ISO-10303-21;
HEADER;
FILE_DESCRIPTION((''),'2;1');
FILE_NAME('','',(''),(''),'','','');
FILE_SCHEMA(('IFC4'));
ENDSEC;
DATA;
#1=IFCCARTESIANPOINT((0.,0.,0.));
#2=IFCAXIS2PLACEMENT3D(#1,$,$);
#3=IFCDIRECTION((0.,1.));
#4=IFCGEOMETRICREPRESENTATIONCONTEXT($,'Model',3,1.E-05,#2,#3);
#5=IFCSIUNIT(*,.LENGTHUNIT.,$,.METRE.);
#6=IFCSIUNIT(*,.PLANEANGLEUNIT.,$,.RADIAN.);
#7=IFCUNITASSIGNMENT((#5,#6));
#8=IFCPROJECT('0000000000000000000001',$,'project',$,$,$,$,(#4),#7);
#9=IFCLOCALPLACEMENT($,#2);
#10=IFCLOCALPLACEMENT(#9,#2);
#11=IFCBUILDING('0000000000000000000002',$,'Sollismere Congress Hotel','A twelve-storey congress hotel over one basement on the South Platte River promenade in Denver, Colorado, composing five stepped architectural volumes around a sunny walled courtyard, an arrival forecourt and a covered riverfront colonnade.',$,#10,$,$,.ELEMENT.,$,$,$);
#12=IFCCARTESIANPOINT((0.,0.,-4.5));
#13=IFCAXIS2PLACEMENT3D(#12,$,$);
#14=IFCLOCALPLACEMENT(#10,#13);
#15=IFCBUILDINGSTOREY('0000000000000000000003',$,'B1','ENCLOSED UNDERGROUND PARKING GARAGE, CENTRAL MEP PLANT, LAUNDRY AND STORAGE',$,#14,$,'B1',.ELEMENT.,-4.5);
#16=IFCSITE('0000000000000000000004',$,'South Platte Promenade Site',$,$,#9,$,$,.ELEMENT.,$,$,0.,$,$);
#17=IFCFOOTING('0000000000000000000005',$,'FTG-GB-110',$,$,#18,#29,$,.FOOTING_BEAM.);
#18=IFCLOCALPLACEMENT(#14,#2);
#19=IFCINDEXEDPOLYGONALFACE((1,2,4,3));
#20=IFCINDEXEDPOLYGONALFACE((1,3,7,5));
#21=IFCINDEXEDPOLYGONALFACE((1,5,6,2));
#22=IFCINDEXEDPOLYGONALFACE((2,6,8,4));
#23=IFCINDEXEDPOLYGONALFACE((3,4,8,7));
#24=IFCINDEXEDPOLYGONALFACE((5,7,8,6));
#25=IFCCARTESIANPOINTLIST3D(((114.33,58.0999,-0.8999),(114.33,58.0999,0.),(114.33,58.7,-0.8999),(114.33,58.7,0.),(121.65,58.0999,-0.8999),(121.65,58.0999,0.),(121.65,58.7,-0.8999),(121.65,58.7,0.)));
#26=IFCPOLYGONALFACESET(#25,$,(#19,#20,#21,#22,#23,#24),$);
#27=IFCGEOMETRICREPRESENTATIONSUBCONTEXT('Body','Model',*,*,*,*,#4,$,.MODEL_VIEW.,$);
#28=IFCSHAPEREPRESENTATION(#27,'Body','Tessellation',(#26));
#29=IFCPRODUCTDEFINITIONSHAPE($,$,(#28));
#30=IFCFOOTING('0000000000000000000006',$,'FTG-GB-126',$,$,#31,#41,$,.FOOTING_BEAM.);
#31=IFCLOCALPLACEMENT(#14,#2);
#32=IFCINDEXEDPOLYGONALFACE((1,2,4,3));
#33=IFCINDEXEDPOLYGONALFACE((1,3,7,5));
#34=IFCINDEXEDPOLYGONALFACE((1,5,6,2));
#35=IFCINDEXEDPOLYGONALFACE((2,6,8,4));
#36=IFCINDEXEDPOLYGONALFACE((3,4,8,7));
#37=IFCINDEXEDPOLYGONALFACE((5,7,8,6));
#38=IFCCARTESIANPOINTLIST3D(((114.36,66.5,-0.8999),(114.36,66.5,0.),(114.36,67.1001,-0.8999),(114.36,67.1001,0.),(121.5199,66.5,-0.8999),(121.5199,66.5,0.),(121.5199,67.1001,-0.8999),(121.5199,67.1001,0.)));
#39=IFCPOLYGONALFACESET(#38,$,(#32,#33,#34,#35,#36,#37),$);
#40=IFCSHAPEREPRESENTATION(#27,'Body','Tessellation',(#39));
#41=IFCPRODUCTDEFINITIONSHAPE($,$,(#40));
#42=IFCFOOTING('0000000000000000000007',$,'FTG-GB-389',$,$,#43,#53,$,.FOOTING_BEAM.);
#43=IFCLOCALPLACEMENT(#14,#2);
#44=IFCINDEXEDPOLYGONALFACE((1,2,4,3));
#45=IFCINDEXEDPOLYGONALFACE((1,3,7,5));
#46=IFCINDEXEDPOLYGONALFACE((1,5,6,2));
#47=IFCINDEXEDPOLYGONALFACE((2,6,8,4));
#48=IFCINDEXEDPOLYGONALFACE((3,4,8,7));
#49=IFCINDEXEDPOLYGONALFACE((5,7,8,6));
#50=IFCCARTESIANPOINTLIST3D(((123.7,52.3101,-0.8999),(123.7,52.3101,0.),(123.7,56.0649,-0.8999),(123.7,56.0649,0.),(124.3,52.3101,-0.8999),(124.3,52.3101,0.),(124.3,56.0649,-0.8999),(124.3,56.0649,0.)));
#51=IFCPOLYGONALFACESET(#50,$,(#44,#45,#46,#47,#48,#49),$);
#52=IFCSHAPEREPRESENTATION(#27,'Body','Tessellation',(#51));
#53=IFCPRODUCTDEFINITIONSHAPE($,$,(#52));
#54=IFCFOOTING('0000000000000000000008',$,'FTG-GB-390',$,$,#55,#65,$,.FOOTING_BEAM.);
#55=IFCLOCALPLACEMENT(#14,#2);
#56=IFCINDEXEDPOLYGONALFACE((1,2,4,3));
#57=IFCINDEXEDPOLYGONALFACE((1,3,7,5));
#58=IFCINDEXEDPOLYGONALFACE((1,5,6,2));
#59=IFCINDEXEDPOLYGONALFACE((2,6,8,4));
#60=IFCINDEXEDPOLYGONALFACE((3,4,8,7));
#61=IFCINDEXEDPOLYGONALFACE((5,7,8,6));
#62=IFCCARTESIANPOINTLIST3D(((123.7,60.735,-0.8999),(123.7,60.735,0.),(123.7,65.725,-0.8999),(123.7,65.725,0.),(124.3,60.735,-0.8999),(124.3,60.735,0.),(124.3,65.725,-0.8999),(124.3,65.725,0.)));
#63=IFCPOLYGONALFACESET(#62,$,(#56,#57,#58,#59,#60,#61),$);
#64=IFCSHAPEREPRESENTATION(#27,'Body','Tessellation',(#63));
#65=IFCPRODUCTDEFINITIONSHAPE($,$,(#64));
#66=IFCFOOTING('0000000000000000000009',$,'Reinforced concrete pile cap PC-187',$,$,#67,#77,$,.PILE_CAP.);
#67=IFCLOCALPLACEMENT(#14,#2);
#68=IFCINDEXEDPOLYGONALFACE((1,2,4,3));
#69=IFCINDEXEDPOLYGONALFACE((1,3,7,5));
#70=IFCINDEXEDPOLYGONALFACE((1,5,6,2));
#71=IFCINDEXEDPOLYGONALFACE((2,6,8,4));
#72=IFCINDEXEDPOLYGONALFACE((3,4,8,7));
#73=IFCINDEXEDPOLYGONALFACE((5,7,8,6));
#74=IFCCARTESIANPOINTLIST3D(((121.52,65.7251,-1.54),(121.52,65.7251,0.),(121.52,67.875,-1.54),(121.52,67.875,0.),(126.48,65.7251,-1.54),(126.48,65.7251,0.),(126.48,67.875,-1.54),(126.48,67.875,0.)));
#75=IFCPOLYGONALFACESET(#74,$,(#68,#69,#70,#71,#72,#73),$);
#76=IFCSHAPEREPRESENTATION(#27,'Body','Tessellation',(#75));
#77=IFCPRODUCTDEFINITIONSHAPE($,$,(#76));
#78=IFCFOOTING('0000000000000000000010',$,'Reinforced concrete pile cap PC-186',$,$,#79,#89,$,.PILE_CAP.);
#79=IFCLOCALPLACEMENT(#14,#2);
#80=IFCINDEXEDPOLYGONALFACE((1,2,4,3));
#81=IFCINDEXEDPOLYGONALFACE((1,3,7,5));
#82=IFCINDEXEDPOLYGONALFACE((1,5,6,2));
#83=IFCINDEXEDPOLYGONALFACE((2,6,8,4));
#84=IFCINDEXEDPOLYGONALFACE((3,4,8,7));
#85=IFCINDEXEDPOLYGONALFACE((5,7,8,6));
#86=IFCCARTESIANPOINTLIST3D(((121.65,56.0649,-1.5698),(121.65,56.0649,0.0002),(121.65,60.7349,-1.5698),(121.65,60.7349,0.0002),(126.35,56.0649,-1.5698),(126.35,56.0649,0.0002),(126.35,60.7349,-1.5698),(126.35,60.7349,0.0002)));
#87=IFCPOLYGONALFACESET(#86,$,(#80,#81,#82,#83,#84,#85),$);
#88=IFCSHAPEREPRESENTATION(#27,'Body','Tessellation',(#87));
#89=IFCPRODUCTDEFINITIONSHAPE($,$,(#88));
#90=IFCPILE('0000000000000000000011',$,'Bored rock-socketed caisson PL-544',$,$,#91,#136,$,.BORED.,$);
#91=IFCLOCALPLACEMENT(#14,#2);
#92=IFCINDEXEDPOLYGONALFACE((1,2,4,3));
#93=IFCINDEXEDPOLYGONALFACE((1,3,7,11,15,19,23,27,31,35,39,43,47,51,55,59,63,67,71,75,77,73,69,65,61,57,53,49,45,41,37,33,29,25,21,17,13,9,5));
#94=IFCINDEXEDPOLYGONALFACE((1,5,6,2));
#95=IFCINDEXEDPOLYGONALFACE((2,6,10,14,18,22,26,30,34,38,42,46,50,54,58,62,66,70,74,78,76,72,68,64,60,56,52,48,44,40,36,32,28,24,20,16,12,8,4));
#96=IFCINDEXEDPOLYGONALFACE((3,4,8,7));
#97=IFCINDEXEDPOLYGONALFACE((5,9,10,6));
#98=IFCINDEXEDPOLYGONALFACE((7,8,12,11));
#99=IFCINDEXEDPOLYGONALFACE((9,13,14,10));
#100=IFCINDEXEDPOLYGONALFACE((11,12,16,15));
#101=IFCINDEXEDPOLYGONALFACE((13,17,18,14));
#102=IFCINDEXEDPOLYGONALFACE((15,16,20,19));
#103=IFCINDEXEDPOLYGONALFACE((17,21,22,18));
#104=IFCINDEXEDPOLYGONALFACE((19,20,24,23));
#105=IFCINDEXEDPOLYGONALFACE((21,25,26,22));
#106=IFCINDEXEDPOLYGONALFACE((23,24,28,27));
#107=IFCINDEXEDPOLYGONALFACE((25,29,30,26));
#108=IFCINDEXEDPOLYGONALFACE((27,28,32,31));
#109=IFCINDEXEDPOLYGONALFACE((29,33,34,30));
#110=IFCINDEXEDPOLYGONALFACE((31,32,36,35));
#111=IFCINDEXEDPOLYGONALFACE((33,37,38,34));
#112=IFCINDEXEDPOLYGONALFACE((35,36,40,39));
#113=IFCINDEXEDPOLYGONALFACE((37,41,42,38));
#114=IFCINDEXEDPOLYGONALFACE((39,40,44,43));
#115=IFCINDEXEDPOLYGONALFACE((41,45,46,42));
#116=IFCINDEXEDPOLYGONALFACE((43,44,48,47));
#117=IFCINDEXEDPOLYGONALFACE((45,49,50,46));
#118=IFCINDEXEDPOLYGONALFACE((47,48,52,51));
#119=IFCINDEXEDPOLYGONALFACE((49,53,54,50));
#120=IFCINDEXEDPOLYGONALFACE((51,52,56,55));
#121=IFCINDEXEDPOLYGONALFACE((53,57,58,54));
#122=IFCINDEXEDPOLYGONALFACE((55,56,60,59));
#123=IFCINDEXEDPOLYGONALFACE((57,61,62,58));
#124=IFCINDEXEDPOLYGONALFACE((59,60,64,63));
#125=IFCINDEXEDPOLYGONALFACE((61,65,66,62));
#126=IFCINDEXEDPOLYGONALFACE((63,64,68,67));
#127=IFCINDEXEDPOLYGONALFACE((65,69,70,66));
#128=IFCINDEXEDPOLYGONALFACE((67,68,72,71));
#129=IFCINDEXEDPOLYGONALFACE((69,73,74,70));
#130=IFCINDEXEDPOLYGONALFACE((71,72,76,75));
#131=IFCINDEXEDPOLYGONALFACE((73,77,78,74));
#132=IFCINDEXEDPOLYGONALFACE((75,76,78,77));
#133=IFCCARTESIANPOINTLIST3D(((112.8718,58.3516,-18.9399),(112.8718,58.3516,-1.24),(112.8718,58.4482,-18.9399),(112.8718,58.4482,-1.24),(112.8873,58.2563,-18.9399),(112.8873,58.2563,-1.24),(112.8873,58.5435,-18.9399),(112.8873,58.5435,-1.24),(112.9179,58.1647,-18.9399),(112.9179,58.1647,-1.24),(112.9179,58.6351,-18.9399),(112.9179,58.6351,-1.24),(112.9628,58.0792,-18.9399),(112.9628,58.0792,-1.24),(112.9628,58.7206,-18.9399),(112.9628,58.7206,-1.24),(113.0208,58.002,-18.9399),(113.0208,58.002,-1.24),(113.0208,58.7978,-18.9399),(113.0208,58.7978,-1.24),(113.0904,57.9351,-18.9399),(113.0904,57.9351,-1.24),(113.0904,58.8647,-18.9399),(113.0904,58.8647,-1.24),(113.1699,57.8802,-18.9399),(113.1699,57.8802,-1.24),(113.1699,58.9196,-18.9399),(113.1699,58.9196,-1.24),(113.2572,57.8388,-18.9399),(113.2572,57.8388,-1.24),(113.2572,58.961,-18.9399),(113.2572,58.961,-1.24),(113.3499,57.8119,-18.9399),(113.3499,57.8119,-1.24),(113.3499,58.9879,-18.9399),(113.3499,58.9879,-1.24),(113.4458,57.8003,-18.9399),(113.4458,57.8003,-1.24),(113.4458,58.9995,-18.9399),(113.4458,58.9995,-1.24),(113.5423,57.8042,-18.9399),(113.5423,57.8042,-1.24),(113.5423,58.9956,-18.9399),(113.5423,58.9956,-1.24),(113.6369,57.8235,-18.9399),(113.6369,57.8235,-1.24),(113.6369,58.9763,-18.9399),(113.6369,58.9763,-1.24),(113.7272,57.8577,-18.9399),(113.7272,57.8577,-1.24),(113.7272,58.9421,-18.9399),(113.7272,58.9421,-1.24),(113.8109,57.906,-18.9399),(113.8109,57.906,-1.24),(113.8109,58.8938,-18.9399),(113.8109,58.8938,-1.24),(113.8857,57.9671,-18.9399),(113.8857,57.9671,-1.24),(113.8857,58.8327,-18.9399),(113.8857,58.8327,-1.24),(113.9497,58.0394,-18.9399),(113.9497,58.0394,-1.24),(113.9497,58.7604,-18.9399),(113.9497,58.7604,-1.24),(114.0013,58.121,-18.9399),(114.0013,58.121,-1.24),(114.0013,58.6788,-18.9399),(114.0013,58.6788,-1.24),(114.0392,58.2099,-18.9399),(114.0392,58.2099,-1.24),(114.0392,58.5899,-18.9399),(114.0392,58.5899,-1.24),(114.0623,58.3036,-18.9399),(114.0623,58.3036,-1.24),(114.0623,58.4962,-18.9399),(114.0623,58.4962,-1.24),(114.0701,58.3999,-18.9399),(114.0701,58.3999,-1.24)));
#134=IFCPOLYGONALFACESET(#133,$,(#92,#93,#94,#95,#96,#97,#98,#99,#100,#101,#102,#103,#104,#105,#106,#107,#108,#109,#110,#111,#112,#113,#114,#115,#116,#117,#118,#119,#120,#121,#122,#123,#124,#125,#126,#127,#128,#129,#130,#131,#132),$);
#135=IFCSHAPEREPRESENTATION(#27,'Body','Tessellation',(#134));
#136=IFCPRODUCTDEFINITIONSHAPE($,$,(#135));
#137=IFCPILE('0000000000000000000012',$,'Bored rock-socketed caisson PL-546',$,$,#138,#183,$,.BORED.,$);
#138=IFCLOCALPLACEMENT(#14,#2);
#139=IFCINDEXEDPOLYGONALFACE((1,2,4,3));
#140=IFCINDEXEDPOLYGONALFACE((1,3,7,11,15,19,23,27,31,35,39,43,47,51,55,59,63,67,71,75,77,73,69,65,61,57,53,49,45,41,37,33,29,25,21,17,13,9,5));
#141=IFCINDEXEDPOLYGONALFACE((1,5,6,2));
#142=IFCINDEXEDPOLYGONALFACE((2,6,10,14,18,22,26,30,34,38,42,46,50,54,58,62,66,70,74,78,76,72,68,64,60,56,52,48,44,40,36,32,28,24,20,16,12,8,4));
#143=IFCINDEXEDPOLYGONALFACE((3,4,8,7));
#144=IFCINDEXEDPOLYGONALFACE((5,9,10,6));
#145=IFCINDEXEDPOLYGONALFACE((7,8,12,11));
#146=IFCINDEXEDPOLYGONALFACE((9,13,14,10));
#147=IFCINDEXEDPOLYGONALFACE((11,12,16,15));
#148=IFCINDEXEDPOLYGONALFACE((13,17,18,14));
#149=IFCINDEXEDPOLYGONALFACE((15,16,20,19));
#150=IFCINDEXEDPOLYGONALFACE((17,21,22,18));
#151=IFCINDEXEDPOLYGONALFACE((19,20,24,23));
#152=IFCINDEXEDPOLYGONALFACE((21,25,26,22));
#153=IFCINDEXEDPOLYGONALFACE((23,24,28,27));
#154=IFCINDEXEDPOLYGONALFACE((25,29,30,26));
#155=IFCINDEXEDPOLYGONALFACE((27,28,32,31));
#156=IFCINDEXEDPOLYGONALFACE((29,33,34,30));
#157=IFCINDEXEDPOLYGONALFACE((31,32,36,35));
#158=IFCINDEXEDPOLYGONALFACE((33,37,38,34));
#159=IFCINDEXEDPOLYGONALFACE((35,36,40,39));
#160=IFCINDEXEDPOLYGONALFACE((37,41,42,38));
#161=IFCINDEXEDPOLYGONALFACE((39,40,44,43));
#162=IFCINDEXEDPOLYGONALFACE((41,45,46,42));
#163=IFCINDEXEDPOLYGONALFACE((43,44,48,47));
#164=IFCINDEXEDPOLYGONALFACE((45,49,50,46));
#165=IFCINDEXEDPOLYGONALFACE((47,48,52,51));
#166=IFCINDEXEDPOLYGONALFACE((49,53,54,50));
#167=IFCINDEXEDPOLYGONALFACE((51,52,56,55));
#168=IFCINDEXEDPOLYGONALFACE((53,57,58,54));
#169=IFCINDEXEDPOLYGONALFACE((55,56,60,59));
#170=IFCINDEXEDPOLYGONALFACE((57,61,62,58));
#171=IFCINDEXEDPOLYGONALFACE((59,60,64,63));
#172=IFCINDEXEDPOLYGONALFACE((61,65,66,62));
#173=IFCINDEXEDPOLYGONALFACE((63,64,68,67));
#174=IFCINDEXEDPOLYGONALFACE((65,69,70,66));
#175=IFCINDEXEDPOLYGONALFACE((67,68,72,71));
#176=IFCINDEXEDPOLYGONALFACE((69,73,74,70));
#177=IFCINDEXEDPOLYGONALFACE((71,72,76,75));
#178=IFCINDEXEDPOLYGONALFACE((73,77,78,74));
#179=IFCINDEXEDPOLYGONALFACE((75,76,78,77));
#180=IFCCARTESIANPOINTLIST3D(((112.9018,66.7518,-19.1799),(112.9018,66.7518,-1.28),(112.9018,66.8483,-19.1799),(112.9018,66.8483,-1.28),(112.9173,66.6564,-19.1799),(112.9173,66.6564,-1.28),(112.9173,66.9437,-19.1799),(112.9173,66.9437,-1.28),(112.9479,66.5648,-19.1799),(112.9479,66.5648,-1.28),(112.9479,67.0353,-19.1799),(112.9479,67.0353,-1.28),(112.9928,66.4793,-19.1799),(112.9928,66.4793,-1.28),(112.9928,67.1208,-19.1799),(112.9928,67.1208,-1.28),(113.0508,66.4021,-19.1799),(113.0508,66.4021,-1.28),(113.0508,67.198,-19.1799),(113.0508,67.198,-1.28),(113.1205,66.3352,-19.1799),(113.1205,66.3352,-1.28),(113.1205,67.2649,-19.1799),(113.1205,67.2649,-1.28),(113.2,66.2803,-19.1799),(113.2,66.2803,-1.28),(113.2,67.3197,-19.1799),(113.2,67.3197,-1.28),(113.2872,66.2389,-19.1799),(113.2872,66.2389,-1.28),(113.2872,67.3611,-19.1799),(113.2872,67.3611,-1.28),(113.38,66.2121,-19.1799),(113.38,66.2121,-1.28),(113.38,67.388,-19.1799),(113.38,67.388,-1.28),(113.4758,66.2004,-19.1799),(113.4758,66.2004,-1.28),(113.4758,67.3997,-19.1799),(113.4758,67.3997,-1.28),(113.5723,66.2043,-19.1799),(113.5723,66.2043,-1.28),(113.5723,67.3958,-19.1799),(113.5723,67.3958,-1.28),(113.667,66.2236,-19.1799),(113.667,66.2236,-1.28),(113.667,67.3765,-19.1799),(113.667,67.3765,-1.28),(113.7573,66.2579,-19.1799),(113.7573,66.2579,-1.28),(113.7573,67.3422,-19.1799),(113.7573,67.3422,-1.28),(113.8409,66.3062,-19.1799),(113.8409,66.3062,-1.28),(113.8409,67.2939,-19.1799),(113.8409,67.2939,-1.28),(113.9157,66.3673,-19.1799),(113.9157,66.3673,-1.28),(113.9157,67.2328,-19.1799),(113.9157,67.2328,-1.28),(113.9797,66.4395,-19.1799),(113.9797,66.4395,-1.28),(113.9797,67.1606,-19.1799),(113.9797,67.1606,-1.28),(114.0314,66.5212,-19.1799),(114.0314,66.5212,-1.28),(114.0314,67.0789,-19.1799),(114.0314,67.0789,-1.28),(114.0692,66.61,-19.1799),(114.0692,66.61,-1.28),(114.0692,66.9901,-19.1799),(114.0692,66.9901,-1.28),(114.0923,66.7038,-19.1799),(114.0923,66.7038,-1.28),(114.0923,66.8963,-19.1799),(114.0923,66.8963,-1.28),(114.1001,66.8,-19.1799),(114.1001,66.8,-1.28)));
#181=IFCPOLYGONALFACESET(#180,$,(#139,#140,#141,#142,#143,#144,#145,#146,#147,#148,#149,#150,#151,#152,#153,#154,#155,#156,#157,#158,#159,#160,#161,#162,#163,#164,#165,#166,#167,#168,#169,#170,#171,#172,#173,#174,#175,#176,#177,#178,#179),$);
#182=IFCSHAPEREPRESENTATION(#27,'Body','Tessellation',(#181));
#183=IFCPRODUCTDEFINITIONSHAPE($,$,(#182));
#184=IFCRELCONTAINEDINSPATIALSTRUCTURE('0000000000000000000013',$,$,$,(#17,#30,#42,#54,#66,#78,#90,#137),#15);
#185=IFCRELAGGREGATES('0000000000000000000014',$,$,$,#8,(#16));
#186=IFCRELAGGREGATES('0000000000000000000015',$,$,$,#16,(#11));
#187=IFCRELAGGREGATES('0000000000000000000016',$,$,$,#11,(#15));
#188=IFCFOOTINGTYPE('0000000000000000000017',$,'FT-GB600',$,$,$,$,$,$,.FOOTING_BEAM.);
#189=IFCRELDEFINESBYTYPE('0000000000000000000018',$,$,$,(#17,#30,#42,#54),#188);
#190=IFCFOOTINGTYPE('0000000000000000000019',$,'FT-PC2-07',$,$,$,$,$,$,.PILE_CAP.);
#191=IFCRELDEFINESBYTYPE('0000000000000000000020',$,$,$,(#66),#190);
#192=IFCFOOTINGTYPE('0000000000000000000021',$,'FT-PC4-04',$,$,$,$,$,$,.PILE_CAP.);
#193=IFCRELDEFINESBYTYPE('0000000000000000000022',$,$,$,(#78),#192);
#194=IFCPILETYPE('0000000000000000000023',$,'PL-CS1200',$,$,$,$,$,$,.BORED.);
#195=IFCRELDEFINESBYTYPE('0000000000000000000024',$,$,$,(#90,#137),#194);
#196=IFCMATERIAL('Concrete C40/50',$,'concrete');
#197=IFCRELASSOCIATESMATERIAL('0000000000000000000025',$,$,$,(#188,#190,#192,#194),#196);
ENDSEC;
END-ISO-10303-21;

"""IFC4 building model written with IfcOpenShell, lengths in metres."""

from ifc_helpers import new_model, si_unit, direction, frame, origin, origin_2d, place, context, subcontext, project, spatial, rectangle, circle, extrude, material, material_profile, profile_set, type_object, element, save


model = new_model("IFC4")

# Units and contexts
model_context = context("Model", 3, precision=1e-05, world=origin(), true_north=direction((0.0, 1.0)))
body_context = subcontext(model_context, "Body", "Model", "MODEL_VIEW")
ifc_project = project(units=[si_unit("LENGTHUNIT", "METRE"), si_unit("PLANEANGLEUNIT", "RADIAN")], contexts=[model_context])

# Site, building, storey
site_placement = place(None, origin())
site = spatial("IfcSite", under=ifc_project, at=site_placement, Name="South Platte Promenade Site", CompositionType="ELEMENT", RefElevation=0.0)
building_placement = place(site_placement, origin())
building = spatial("IfcBuilding", under=site, at=building_placement, Name="Sollismere Congress Hotel", Description="A twelve-storey congress hotel over one basement on the South Platte River promenade in Denver, Colorado, composing five stepped architectural volumes around a sunny walled courtyard, an arrival forecourt and a covered riverfront colonnade.", CompositionType="ELEMENT")
storey_placement = place(building_placement, frame((0.0, 0.0, -4.5)))
storey = spatial("IfcBuildingStorey", under=building, at=storey_placement, Name="B1", Description="ENCLOSED UNDERGROUND PARKING GARAGE, CENTRAL MEP PLANT, LAUNDRY AND STORAGE", LongName="B1", CompositionType="ELEMENT", Elevation=-4.5)

# Footings
ifc_material_1 = material(Name="Concrete C40/50", Category="concrete")
footing_type_1 = type_object("IfcFootingType", Name="FT-GB600", PredefinedType="FOOTING_BEAM", material=ifc_material_1)
footing_1_placement = place(storey_placement, frame((117.99, 58.3999, -0.8999), z_axis=(0.0, 0.0, 1.0), x_axis=(1.0, 0.0, 0.0)))
element("IfcFooting", 1, at=footing_1_placement, inside=storey, type_object=footing_type_1, Name="FTG-GB-110", PredefinedType="FOOTING_BEAM", context=body_context, shape_type="SweptSolid", body=[
    extrude(rectangle(XDim=7.3201, YDim=0.6001, at=origin_2d()), origin(), (0.0, 0.0, 1.0), 0.8999),
])
footing_2_placement = place(storey_placement, frame((117.9399, 66.8, -0.8999), z_axis=(0.0, 0.0, 1.0), x_axis=(1.0, 0.0, 0.0)))
element("IfcFooting", 2, at=footing_2_placement, inside=storey, type_object=footing_type_1, Name="FTG-GB-126", PredefinedType="FOOTING_BEAM", context=body_context, shape_type="SweptSolid", body=[
    extrude(rectangle(XDim=7.1599, YDim=0.6001, at=origin_2d()), origin(), (0.0, 0.0, 1.0), 0.8999),
])
footing_3_placement = place(storey_placement, frame((124.0, 54.1875, -0.8999), z_axis=(0.0, 0.0, 1.0), x_axis=(0.0, 1.0, 0.0)))
element("IfcFooting", 3, at=footing_3_placement, inside=storey, type_object=footing_type_1, Name="FTG-GB-389", PredefinedType="FOOTING_BEAM", context=body_context, shape_type="SweptSolid", body=[
    extrude(rectangle(XDim=3.7549, YDim=0.6001, at=origin_2d()), origin(), (0.0, 0.0, 1.0), 0.8999),
])
footing_4_placement = place(storey_placement, frame((124.0, 63.23, -0.8999), z_axis=(0.0, 0.0, 1.0), x_axis=(0.0, 1.0, 0.0)))
element("IfcFooting", 4, at=footing_4_placement, inside=storey, type_object=footing_type_1, Name="FTG-GB-390", PredefinedType="FOOTING_BEAM", context=body_context, shape_type="SweptSolid", body=[
    extrude(rectangle(XDim=4.99, YDim=0.6001, at=origin_2d()), origin(), (0.0, 0.0, 1.0), 0.8999),
])
footing_type_2 = type_object("IfcFootingType", Name="FT-PC2-07", PredefinedType="PILE_CAP", material=ifc_material_1)
footing_5_placement = place(storey_placement, frame((124.0, 66.8, -1.54), z_axis=(0.0, 0.0, 1.0), x_axis=(1.0, 0.0, 0.0)))
element("IfcFooting", 5, at=footing_5_placement, inside=storey, type_object=footing_type_2, Name="Reinforced concrete pile cap PC-187", PredefinedType="PILE_CAP", context=body_context, shape_type="SweptSolid", body=[
    extrude(rectangle(XDim=4.96, YDim=2.1499, at=origin_2d()), origin(), (0.0, 0.0, 1.0), 1.54),
])
footing_type_3 = type_object("IfcFootingType", Name="FT-PC4-04", PredefinedType="PILE_CAP", material=ifc_material_1)
footing_6_placement = place(storey_placement, frame((124.0, 58.3999, -1.5698), z_axis=(0.0, 0.0, 1.0), x_axis=(1.0, 0.0, 0.0)))
element("IfcFooting", 6, at=footing_6_placement, inside=storey, type_object=footing_type_3, Name="Reinforced concrete pile cap PC-186", PredefinedType="PILE_CAP", context=body_context, shape_type="SweptSolid", body=[
    extrude(rectangle(XDim=4.7, YDim=4.6699, at=origin_2d()), origin(), (0.0, 0.0, 1.0), 1.5701),
])

# Piles
ifc_material_profile_1 = material_profile(ifc_material_1, circle(Radius=0.6001, at=origin_2d()), Name="CAISSON1200")
ifc_profile_set_1 = profile_set([ifc_material_profile_1], Name="Concrete C40/50")
pile_type = type_object("IfcPileType", Name="PL-CS1200", PredefinedType="BORED", material=ifc_profile_set_1)
pile_1_placement = place(storey_placement, frame((113.47, 58.3999, -1.24), z_axis=(0.0, 0.0, -1.0), x_axis=(1.0, 0.0, 0.0)))
element("IfcPile", 7, at=pile_1_placement, inside=storey, type_object=pile_type, Name="Bored rock-socketed caisson PL-544", PredefinedType="BORED", context=body_context, shape_type="SweptSolid", body=[
    extrude(circle(Radius=0.6001, at=origin_2d()), origin(), (0.0, 0.0, 1.0), 17.7),
])
pile_2_placement = place(storey_placement, frame((113.5, 66.8, -1.28), z_axis=(0.0, 0.0, -1.0), x_axis=(1.0, 0.0, 0.0)))
element("IfcPile", 8, at=pile_2_placement, inside=storey, type_object=pile_type, Name="Bored rock-socketed caisson PL-546", PredefinedType="BORED", context=body_context, shape_type="SweptSolid", body=[
    extrude(circle(Radius=0.6001, at=origin_2d()), origin(), (0.0, 0.0, 1.0), 17.8999),
])

save(model, "model.ifc")
